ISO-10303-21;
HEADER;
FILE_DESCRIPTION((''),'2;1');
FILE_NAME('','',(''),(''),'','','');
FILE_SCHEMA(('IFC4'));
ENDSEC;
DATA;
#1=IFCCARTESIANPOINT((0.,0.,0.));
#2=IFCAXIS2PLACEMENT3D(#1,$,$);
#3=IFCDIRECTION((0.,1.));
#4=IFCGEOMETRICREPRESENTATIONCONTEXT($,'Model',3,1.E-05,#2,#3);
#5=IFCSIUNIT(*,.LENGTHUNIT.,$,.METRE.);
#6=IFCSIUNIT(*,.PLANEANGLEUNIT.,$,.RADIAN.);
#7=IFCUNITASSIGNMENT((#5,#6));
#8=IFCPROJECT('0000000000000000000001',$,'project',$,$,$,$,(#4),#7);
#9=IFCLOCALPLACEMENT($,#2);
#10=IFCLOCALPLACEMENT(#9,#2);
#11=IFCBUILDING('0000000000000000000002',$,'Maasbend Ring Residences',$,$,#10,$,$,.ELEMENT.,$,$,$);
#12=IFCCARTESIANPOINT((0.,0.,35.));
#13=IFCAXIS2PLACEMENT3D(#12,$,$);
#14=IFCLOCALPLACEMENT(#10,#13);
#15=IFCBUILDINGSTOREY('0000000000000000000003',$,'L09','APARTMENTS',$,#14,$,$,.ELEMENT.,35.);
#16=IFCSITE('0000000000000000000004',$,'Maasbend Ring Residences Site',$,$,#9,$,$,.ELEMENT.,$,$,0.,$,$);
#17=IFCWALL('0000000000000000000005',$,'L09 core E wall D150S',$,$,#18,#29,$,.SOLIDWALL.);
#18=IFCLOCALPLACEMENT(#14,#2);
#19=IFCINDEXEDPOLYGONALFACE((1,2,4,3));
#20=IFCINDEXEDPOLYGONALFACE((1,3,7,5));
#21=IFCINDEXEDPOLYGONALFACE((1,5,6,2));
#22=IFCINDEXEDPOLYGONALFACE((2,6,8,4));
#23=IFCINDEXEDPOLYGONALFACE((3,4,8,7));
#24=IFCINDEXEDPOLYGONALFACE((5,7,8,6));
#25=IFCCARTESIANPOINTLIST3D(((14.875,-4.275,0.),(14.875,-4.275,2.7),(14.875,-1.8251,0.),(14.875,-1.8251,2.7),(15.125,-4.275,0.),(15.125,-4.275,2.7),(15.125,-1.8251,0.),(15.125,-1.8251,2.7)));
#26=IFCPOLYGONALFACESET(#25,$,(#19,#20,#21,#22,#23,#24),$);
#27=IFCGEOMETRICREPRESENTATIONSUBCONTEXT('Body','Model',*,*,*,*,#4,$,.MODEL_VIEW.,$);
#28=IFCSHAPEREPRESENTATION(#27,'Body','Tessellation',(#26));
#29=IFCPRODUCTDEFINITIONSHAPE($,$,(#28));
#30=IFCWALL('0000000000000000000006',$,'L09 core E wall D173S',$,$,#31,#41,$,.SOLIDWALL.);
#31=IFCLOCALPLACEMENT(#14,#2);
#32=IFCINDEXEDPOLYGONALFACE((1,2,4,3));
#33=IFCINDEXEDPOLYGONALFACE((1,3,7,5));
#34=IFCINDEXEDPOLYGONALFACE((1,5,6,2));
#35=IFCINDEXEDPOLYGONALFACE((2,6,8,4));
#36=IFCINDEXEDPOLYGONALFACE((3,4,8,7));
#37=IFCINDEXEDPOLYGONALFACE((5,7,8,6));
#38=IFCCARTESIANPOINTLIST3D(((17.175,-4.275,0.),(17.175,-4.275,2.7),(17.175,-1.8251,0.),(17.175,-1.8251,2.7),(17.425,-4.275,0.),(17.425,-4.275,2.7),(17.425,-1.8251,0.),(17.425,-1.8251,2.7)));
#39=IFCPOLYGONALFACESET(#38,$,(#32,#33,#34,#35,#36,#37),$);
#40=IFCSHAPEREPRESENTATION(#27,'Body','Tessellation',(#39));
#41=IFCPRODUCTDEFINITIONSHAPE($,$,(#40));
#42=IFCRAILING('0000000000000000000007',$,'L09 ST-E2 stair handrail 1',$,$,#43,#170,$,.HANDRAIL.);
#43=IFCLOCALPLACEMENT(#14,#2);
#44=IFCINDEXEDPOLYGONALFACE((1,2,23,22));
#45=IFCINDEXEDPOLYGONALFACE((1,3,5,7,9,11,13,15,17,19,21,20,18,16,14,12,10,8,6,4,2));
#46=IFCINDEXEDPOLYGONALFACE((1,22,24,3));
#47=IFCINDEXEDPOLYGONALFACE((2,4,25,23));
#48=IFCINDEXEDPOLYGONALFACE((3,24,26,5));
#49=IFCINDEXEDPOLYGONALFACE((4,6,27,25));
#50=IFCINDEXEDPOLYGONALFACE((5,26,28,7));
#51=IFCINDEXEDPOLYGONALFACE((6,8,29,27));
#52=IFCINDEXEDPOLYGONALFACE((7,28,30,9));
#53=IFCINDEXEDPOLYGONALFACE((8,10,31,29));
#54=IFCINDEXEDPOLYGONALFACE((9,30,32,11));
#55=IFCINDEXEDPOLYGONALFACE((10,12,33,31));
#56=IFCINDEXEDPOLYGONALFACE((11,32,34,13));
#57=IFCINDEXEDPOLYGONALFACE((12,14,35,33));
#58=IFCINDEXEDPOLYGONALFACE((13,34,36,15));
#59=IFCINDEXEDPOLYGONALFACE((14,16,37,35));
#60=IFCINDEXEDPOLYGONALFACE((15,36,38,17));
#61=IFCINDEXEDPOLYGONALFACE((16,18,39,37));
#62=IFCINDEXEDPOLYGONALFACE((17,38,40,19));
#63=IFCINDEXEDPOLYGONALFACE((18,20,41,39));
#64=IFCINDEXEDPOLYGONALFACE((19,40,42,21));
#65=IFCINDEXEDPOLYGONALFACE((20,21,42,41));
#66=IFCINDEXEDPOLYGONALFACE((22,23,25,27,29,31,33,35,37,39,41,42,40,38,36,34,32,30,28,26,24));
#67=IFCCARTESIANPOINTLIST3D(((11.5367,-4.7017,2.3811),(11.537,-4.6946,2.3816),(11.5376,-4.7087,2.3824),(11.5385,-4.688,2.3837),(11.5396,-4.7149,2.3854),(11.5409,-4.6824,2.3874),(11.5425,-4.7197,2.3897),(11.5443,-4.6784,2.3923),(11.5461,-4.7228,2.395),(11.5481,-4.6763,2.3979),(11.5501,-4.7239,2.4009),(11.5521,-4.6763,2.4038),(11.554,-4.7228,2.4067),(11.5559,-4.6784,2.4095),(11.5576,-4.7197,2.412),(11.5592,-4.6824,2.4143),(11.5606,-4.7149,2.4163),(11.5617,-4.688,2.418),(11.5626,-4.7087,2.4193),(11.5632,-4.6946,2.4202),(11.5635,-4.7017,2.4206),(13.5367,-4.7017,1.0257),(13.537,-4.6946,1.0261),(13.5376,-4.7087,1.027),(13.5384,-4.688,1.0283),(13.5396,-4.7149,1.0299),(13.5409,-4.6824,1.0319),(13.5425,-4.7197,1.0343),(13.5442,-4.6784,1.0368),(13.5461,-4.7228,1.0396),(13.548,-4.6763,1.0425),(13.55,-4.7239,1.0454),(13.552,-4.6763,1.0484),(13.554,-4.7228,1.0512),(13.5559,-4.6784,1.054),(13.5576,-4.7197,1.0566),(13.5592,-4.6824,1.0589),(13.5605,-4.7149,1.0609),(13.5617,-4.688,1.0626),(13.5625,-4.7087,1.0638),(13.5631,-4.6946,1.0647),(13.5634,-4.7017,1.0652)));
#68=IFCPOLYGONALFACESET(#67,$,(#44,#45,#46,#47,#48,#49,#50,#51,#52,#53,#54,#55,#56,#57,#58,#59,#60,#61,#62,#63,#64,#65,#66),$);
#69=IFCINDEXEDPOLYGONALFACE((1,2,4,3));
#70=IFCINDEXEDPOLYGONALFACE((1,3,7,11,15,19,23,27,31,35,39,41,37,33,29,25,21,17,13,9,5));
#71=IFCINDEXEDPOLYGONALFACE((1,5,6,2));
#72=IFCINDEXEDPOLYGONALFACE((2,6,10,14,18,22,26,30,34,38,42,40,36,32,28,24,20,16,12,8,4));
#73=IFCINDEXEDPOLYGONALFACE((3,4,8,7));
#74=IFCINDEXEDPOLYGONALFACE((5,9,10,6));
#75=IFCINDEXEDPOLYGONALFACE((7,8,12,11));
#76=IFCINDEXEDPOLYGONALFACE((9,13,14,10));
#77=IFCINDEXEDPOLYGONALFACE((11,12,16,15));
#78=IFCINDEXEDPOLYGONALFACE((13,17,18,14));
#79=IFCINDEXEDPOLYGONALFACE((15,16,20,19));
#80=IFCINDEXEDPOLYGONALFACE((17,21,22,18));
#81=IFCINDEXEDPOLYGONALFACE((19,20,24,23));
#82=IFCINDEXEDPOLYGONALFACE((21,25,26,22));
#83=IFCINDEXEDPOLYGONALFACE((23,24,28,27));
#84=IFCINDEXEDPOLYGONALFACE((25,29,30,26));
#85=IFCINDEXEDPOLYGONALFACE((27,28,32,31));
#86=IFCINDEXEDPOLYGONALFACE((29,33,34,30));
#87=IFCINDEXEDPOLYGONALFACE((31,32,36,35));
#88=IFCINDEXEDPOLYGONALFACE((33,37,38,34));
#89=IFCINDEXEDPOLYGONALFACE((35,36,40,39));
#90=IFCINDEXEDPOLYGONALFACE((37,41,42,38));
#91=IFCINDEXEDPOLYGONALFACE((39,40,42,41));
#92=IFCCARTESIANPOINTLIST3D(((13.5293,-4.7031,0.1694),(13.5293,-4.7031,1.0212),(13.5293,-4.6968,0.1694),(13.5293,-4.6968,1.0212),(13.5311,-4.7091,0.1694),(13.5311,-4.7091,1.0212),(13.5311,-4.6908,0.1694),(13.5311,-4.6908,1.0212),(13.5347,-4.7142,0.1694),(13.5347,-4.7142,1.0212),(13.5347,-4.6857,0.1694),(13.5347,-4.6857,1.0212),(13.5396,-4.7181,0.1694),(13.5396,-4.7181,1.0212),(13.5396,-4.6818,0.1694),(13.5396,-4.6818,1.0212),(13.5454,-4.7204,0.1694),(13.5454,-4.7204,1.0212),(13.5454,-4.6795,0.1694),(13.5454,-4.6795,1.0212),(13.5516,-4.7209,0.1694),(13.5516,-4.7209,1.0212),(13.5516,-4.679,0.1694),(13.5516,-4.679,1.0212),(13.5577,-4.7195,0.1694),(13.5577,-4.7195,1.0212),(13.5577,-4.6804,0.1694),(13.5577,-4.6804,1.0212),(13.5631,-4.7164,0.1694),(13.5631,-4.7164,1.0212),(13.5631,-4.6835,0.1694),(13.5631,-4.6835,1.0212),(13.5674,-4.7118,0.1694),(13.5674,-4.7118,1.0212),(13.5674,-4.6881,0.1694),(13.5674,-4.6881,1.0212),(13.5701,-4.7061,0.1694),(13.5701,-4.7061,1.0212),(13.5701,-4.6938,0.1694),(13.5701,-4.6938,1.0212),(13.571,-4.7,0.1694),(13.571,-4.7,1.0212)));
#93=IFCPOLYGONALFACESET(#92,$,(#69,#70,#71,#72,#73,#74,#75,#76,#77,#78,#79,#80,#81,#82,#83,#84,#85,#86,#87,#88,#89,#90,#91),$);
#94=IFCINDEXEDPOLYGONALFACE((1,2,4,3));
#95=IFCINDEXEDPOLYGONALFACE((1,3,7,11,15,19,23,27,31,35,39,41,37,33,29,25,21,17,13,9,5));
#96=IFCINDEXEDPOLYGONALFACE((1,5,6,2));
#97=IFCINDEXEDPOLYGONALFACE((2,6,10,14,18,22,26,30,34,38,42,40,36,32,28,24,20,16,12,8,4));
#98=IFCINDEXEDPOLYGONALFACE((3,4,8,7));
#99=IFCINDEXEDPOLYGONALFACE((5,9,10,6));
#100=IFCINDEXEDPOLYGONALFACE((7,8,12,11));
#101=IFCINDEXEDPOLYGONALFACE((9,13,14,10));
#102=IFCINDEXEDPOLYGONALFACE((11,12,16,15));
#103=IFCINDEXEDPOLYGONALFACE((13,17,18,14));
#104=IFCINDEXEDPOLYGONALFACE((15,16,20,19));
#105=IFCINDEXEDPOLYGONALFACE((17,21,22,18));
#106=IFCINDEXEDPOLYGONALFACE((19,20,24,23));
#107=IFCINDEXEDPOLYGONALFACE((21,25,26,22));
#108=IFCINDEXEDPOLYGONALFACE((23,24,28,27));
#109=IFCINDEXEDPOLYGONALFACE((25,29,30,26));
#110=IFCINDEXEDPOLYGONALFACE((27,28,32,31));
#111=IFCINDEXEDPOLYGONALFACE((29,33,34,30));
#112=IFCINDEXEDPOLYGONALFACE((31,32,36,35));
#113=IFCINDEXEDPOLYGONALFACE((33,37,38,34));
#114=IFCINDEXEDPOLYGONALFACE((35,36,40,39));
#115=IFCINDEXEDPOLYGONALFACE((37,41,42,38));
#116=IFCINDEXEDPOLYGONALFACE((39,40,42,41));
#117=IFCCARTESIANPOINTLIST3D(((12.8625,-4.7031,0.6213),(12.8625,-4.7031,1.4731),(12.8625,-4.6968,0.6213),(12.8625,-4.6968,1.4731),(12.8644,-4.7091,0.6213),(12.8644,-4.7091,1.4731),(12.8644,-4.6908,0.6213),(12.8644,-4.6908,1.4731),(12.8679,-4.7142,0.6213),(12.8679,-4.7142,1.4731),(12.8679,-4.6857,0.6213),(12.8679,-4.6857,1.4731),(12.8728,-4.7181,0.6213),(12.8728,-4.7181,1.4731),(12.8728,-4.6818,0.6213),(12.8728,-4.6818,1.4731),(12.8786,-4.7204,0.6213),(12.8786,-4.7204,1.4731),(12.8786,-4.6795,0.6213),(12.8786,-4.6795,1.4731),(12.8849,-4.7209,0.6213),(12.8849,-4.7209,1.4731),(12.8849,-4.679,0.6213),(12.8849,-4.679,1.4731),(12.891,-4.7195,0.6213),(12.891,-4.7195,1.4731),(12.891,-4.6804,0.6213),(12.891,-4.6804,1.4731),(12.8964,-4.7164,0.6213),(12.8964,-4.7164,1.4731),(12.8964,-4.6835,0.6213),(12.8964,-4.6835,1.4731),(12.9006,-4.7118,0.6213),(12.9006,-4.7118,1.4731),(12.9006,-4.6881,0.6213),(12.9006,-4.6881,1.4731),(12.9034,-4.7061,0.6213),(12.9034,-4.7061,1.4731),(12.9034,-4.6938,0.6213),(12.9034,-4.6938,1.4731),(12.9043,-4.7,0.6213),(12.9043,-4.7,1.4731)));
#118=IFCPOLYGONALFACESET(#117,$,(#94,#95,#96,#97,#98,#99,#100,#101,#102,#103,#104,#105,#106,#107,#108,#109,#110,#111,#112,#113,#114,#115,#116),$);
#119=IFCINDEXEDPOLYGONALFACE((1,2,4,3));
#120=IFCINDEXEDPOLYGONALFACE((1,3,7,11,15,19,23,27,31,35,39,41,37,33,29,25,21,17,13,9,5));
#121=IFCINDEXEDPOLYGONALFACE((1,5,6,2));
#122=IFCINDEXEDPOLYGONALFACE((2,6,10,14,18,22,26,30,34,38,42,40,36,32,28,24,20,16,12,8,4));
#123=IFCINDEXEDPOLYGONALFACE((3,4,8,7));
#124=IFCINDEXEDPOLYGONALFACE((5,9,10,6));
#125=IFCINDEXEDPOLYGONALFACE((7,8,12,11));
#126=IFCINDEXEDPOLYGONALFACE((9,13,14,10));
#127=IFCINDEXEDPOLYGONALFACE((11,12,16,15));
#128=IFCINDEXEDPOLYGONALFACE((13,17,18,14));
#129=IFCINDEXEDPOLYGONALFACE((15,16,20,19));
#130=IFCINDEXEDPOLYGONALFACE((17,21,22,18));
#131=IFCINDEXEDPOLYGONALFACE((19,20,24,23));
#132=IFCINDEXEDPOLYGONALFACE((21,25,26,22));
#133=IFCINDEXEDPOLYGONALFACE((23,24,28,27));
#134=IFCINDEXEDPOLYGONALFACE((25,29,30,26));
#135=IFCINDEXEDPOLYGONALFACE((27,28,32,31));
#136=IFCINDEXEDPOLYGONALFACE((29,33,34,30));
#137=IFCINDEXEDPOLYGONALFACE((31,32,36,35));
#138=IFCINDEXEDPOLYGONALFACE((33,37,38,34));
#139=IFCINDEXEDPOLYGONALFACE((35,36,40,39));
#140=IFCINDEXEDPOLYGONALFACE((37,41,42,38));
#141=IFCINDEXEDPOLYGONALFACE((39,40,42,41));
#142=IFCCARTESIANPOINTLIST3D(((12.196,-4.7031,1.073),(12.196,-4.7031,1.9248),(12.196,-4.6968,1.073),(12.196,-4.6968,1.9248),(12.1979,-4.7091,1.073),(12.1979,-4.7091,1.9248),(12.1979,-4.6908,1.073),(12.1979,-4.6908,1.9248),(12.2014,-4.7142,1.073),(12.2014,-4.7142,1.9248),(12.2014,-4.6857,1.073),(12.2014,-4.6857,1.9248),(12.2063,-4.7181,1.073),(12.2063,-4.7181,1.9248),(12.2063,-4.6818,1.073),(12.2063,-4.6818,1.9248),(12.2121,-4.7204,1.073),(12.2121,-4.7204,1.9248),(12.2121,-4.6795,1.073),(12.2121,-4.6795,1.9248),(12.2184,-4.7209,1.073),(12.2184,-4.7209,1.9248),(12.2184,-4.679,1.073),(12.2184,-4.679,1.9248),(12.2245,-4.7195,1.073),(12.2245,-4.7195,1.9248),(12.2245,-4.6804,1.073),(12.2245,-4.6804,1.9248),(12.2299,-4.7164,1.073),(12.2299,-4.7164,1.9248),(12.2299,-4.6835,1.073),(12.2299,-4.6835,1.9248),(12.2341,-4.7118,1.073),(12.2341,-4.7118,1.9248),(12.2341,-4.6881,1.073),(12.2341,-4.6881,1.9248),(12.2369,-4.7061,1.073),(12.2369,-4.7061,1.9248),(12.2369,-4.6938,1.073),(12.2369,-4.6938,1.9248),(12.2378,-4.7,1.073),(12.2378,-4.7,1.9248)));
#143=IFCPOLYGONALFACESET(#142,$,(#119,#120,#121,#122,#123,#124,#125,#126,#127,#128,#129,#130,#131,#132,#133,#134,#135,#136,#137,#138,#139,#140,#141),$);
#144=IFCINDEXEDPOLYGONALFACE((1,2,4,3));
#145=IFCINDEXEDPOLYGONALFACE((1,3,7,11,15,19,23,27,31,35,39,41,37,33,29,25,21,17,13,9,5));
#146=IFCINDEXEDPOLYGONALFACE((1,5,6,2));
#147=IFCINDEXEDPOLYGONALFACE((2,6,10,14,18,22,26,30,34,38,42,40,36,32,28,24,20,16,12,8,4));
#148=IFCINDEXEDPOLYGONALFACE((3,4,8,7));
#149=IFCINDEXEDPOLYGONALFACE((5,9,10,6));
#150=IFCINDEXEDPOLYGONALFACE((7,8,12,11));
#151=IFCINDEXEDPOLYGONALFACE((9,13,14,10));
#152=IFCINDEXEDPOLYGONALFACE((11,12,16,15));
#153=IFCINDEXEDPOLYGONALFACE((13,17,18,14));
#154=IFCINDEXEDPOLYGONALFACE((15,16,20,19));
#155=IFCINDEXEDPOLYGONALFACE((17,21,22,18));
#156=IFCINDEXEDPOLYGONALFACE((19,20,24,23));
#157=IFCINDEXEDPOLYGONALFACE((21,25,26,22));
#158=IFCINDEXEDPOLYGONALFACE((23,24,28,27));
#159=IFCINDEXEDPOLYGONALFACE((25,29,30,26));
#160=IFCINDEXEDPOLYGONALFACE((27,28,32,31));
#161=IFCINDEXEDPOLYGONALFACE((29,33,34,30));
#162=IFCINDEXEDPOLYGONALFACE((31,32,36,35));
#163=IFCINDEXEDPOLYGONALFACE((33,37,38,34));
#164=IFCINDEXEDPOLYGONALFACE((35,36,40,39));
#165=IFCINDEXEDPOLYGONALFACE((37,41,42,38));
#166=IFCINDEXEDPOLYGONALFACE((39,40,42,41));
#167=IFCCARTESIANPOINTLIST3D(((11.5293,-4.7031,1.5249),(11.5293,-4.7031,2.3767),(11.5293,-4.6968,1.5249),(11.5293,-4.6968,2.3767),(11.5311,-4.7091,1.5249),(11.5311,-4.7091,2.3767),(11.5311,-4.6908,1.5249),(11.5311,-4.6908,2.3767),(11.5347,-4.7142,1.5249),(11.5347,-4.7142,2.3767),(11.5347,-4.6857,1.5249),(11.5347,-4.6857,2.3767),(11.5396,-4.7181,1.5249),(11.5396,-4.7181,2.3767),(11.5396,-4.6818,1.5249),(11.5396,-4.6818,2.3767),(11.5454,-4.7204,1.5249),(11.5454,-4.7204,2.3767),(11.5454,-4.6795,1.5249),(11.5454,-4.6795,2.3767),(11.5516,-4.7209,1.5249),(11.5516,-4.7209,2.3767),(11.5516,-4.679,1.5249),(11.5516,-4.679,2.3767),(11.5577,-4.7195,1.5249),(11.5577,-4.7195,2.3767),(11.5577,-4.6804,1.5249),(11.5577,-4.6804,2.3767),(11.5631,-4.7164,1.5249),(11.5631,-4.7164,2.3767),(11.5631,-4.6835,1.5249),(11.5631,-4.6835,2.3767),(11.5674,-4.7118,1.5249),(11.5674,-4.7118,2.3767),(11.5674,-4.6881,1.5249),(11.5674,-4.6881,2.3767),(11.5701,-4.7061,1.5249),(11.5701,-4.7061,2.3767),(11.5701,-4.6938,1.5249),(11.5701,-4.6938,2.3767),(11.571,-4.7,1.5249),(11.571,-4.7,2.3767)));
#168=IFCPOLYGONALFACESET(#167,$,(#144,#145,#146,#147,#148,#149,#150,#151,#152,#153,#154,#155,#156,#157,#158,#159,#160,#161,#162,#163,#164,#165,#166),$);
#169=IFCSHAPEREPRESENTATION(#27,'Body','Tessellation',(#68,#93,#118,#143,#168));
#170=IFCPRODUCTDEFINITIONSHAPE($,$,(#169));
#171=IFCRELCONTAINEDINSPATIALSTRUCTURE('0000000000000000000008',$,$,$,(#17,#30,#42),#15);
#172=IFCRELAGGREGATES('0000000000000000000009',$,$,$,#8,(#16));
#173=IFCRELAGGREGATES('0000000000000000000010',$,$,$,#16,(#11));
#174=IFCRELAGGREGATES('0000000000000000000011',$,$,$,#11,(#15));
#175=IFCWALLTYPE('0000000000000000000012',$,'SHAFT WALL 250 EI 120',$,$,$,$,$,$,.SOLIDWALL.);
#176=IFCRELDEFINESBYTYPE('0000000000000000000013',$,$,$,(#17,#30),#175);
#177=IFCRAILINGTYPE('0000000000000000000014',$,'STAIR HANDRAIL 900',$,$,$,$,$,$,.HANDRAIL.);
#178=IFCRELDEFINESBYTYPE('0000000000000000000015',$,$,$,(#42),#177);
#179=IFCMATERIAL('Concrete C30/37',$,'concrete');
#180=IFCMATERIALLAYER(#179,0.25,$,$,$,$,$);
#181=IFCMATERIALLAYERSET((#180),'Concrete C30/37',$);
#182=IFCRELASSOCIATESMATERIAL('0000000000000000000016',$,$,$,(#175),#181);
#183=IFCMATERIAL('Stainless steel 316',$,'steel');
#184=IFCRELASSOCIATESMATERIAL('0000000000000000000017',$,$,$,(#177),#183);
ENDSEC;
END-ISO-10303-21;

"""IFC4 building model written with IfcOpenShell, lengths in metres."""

from ifc_helpers import new_model, si_unit, direction, frame, frame_2d, origin, origin_2d, place, context, subcontext, project, spatial, rectangle, circle, extrude, material, layer, layer_set, type_object, element, save


model = new_model("IFC4")

# Units and contexts
model_context = context("Model", 3, precision=1e-05, world=origin(), true_north=direction((0.0, 1.0)))
body_context = subcontext(model_context, "Body", "Model", "MODEL_VIEW")
ifc_project = project(units=[si_unit("LENGTHUNIT", "METRE"), si_unit("PLANEANGLEUNIT", "RADIAN")], contexts=[model_context])

# Site, building, storey
site_placement = place(None, origin())
site = spatial("IfcSite", under=ifc_project, at=site_placement, Name="Maasbend Ring Residences Site", CompositionType="ELEMENT", RefElevation=0.0)
building_placement = place(site_placement, origin())
building = spatial("IfcBuilding", under=site, at=building_placement, Name="Maasbend Ring Residences", CompositionType="ELEMENT")
storey_placement = place(building_placement, frame((0.0, 0.0, 35.0)))
storey = spatial("IfcBuildingStorey", under=building, at=storey_placement, Name="L09", Description="APARTMENTS", CompositionType="ELEMENT", Elevation=35.0)

# Walls
ifc_material_1 = material(Name="Concrete C30/37", Category="concrete")
ifc_layer_1 = layer(ifc_material_1, 0.25)
ifc_layer_set_1 = layer_set([ifc_layer_1], Name="Concrete C30/37")
wall_type_1 = type_object("IfcWallType", Name="SHAFT WALL 250 EI 120", PredefinedType="SOLIDWALL", material=ifc_layer_set_1)
for number, where, z_axis, x_axis, name in (
    (1, (15.0, -1.825, 0.0), (0.0, 0.0, 1.0), (0.0, -1.0, 0.0), "L09 core E wall D150S"),
    (2, (17.3, -1.825, 0.0), (0.0, 0.0, 1.0), (0.0, -1.0, 0.0), "L09 core E wall D173S"),
):
    element("IfcWall", number, at=place(storey_placement, frame(where, z_axis=z_axis, x_axis=x_axis)), inside=storey, type_object=wall_type_1, Name=name, PredefinedType="SOLIDWALL", context=body_context, shape_type="SweptSolid", body=[
        extrude(rectangle(XDim=2.45, YDim=0.25, at=frame_2d((1.2251, 0.0))), origin(), (0.0, 0.0, 1.0), 2.7),
    ])

# Railing
ifc_material_2 = material(Name="Stainless steel 316", Category="steel")
railing_type_1 = type_object("IfcRailingType", Name="STAIR HANDRAIL 900", PredefinedType="HANDRAIL", material=ifc_material_2)
railing_1_placement = place(storey_placement, frame((13.55, -4.7, 0.1694)))
element("IfcRailing", 3, at=railing_1_placement, inside=storey, type_object=railing_type_1, Name="L09 ST-E2 stair handrail 1", PredefinedType="HANDRAIL", context=body_context, shape_type="SweptSolid", body=[
    extrude(circle(Radius=0.0239, at=origin_2d()), frame((0.0, 0.0, 0.876), z_axis=(-0.827798, 0.0, 0.561027), x_axis=(0.0, -1.0, 0.0)), (0.0, 0.0, 1.0), 2.416),
    extrude(circle(Radius=0.021, at=origin_2d()), origin(), (0.0, 0.0, 1.0), 0.8518),
    extrude(circle(Radius=0.021, at=origin_2d()), frame((-0.6667, 0.0, 0.4519)), (0.0, 0.0, 1.0), 0.8518),
    extrude(circle(Radius=0.021, at=origin_2d()), frame((-1.3333, 0.0, 0.9036)), (0.0, 0.0, 1.0), 0.8518),
    extrude(circle(Radius=0.021, at=origin_2d()), frame((-2.0, 0.0, 1.3555)), (0.0, 0.0, 1.0), 0.8518),
])

save(model, "model.ifc")
